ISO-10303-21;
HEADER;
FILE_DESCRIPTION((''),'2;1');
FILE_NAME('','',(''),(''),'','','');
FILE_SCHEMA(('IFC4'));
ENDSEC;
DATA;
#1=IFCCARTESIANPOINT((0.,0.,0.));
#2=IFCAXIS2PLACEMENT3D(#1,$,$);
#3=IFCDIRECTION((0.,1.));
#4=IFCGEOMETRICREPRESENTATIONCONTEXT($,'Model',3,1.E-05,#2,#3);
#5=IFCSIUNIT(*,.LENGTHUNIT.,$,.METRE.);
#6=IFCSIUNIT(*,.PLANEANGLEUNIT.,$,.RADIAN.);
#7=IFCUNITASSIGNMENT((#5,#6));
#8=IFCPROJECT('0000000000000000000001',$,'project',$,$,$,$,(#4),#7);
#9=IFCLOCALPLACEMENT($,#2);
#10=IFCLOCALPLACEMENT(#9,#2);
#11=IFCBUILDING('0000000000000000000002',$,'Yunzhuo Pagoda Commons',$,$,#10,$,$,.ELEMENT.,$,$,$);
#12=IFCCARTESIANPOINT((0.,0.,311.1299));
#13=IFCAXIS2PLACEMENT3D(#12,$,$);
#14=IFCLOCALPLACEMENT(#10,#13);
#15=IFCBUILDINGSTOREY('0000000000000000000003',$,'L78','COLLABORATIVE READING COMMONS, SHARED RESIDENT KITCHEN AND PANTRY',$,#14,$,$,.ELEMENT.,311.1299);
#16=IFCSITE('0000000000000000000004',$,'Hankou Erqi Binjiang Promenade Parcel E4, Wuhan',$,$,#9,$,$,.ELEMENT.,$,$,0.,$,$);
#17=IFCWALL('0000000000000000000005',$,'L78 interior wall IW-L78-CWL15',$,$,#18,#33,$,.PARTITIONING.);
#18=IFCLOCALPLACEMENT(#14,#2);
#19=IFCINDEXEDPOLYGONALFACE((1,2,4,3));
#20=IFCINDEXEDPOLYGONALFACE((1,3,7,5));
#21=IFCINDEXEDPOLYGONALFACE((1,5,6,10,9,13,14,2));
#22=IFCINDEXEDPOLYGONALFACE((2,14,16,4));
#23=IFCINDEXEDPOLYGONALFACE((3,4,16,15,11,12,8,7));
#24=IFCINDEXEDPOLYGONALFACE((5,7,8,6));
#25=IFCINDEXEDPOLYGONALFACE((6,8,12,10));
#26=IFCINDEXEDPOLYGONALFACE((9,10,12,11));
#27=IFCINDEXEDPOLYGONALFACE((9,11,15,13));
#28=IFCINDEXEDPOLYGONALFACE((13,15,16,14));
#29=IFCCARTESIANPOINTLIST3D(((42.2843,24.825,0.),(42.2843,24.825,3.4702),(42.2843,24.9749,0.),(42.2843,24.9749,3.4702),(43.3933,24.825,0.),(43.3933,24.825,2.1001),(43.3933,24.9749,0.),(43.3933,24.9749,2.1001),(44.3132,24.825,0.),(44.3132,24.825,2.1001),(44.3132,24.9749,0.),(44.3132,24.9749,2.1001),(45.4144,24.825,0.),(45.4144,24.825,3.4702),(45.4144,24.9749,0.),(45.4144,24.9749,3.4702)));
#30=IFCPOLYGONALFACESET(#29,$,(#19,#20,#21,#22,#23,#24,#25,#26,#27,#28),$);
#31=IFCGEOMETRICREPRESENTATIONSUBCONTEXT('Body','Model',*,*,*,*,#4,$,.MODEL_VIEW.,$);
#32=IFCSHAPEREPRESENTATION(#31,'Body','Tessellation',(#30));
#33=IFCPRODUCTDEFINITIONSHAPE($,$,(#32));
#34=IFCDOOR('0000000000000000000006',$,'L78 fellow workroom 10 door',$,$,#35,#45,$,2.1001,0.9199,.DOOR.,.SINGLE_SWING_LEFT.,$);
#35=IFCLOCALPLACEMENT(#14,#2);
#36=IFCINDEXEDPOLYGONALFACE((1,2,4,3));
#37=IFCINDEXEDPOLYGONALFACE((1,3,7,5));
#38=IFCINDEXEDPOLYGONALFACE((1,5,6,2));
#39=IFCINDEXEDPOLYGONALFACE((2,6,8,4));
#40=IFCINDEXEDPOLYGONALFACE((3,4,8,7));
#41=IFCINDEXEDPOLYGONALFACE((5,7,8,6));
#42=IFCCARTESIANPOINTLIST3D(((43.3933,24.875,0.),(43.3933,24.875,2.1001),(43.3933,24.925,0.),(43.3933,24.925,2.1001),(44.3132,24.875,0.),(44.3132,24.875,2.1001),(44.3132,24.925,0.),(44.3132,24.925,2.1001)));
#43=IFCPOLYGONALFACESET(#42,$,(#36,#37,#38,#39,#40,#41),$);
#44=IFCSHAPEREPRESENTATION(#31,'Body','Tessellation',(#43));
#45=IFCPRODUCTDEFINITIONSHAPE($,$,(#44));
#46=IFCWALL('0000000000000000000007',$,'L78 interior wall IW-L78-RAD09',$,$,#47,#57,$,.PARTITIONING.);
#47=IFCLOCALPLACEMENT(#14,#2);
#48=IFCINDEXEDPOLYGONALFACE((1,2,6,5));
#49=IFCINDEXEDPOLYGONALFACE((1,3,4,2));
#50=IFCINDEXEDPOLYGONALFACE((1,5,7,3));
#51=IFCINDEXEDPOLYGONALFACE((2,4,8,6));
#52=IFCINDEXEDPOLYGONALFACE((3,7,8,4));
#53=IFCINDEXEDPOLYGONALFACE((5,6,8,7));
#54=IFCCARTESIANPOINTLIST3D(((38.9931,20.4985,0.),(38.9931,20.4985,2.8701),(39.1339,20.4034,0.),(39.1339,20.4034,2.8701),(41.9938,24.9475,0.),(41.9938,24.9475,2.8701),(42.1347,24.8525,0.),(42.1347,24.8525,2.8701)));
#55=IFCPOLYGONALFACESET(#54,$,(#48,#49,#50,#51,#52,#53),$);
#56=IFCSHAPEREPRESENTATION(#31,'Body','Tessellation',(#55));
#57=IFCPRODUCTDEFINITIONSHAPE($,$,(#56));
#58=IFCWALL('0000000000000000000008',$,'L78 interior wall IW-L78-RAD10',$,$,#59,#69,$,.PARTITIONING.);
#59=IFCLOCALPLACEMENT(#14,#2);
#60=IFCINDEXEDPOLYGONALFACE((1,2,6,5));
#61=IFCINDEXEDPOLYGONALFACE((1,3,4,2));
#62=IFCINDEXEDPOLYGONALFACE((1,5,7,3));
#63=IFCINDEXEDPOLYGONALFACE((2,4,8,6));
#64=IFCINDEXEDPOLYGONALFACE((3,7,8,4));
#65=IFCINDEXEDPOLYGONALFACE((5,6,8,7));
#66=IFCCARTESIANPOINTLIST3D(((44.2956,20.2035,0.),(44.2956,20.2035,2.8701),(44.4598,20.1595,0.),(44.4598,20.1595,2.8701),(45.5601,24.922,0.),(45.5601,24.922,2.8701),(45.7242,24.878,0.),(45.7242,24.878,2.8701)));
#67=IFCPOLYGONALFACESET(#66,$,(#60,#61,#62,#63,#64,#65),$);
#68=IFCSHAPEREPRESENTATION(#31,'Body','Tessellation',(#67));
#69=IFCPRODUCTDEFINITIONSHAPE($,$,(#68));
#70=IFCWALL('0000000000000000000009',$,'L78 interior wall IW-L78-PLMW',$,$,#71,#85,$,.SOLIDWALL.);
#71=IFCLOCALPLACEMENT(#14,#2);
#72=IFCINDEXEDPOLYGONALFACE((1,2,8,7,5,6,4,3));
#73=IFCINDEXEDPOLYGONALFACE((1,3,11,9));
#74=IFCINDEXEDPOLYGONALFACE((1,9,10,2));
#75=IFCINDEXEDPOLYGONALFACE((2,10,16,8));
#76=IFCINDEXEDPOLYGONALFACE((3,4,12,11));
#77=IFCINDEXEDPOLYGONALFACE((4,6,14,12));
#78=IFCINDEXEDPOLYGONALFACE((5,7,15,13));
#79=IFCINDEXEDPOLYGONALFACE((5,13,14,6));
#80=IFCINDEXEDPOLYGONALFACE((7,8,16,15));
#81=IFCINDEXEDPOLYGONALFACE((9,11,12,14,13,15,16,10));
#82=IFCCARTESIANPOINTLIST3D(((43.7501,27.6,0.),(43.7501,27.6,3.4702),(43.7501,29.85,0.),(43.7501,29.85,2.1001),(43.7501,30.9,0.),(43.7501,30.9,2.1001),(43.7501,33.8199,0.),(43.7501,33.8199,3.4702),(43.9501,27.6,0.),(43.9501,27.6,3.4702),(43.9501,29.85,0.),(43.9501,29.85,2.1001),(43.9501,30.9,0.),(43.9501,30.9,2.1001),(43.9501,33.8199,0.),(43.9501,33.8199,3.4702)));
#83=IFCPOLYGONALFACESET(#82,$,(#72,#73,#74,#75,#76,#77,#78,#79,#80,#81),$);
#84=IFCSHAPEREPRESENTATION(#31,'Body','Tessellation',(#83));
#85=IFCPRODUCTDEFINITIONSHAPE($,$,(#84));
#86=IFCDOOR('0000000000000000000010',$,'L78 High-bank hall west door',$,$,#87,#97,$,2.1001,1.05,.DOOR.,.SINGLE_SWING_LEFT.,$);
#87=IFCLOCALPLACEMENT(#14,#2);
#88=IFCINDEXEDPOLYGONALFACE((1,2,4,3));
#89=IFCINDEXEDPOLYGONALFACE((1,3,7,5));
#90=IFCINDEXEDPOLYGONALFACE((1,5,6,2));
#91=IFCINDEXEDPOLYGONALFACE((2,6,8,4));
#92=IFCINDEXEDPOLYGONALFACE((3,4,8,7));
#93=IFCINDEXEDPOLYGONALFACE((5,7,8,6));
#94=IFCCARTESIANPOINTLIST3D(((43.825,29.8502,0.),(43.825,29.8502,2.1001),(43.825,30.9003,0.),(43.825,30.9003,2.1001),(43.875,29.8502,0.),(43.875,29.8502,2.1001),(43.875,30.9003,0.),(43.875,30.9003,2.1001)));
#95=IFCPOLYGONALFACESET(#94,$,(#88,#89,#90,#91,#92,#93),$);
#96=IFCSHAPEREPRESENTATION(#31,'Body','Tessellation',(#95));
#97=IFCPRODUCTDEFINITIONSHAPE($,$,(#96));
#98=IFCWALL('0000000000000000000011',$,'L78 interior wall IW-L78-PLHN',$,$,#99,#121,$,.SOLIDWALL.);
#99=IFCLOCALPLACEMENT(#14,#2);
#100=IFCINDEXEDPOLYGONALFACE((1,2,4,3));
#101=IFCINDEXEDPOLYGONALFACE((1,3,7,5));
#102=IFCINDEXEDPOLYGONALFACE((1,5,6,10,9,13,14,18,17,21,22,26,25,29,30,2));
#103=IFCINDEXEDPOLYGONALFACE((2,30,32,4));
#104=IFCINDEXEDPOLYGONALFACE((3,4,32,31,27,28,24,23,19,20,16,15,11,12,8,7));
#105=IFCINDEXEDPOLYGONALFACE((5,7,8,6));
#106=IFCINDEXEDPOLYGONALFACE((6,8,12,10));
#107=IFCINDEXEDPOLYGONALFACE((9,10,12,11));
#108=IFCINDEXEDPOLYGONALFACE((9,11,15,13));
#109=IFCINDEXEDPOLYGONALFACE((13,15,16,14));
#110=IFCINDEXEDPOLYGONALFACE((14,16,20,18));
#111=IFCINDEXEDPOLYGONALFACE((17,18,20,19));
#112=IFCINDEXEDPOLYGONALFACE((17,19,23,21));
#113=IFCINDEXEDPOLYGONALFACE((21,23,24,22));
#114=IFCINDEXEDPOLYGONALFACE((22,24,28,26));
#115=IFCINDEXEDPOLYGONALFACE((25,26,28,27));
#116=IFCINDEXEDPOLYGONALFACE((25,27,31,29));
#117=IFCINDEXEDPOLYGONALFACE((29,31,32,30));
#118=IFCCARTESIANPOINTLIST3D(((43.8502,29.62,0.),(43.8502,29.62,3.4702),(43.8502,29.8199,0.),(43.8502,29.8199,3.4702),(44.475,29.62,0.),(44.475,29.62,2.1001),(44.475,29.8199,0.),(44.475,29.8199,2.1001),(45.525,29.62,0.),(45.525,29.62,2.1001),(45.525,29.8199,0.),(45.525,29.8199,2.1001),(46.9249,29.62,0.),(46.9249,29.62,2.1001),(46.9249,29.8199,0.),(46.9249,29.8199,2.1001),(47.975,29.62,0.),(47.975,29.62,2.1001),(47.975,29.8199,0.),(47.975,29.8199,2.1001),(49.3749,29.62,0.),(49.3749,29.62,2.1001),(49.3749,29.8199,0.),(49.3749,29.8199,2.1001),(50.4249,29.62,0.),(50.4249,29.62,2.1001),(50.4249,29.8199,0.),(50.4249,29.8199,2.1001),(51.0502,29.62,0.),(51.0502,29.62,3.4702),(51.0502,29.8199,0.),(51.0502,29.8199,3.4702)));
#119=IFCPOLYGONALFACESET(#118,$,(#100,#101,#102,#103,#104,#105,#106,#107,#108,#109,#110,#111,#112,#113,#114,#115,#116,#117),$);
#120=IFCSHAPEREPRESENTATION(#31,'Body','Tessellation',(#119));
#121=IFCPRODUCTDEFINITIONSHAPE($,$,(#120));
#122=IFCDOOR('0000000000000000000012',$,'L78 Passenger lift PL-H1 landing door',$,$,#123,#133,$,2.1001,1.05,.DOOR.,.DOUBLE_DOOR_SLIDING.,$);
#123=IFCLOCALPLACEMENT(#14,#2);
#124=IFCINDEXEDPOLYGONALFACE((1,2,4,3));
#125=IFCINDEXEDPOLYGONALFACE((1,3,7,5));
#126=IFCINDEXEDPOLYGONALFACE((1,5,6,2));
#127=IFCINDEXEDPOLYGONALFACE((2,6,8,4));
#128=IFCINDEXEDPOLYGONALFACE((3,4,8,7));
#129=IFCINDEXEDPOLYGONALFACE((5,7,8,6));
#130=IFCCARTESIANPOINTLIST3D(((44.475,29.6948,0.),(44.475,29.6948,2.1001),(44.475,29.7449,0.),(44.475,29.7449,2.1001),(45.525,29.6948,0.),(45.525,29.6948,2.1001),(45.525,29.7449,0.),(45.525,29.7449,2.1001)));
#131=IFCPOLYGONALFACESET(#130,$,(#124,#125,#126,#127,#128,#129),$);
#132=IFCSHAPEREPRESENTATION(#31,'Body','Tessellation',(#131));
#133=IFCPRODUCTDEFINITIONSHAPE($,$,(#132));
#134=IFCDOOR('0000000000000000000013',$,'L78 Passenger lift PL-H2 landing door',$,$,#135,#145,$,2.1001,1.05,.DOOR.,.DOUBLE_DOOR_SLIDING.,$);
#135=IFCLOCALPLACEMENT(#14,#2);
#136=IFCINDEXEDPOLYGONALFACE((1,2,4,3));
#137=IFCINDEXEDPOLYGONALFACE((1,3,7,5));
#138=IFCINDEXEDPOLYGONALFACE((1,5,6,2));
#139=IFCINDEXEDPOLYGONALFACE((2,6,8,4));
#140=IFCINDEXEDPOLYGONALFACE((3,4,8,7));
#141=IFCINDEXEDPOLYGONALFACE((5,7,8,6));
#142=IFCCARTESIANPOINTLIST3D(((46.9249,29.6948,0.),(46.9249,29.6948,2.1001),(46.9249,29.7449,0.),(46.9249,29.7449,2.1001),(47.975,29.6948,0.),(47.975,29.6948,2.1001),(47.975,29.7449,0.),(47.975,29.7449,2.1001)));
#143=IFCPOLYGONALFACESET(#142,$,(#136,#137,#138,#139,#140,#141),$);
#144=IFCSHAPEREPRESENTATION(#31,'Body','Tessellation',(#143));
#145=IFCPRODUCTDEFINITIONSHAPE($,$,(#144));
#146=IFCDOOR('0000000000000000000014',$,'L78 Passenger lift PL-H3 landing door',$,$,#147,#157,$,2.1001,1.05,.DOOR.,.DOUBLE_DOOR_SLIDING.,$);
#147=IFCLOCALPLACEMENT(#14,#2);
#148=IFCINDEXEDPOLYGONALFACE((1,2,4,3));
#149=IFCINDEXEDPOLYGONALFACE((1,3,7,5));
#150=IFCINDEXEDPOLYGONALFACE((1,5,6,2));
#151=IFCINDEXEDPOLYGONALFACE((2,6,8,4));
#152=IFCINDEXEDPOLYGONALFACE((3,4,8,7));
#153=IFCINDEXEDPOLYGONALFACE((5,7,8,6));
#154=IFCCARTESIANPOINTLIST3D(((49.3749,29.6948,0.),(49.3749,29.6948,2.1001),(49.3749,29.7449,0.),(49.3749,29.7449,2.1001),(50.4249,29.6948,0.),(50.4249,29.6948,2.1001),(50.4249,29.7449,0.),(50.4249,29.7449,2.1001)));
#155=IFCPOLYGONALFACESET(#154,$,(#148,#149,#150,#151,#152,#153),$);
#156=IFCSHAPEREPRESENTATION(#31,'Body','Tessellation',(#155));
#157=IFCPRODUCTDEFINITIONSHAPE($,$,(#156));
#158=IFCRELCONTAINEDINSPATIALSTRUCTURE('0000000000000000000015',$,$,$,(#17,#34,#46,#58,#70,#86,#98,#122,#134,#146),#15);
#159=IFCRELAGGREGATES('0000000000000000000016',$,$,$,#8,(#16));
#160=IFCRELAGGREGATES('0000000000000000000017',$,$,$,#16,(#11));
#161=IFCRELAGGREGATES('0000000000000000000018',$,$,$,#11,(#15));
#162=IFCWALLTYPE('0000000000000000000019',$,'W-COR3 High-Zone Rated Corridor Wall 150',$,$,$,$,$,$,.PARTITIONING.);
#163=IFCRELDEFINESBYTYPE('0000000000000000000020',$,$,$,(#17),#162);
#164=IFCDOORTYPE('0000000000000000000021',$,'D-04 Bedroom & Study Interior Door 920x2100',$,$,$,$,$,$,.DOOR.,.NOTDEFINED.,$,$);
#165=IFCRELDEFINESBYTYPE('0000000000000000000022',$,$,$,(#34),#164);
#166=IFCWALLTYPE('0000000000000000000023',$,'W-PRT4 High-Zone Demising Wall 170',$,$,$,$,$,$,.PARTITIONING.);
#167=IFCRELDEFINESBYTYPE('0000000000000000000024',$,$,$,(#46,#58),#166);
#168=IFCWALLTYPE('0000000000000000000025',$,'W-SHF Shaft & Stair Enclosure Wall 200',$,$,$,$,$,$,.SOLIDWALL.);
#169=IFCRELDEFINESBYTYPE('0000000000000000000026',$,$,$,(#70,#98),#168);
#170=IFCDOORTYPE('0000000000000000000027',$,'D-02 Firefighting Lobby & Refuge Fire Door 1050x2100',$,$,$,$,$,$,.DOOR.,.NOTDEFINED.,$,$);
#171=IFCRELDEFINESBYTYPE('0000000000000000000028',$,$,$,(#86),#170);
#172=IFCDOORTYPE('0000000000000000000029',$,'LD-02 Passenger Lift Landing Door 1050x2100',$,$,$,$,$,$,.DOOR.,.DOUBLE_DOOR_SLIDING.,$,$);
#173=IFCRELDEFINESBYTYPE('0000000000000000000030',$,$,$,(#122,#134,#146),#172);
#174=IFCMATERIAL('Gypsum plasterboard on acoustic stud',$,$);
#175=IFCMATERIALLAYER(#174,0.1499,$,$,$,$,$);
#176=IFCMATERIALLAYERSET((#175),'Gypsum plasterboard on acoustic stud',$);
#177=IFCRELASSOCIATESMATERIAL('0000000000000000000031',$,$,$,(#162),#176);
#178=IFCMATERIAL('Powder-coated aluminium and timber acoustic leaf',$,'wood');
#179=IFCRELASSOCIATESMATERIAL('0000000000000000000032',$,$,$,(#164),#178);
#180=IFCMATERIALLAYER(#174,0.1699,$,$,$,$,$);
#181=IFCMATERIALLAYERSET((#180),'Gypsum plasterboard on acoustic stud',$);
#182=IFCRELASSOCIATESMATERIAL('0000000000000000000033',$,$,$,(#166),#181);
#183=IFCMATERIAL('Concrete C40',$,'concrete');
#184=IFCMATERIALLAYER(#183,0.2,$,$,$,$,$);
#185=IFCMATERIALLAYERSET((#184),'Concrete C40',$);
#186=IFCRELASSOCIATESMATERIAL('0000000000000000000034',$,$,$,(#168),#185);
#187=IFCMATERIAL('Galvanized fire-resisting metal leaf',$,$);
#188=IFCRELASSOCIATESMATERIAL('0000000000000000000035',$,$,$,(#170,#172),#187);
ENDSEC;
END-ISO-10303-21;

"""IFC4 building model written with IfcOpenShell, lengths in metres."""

from ifc_helpers import new_model, si_unit, direction, frame, frame_2d, origin, origin_with_axes, place, context, subcontext, project, spatial, rectangle, extrude, source, transform, mapped, material, layer, layer_set, type_object, element, fill, save


model = new_model("IFC4")

# Units and contexts
model_context = context("Model", 3, precision=1e-05, world=origin(), true_north=direction((0.0, 1.0)))
body_context = subcontext(model_context, "Body", "Model", "MODEL_VIEW")
ifc_project = project(units=[si_unit("LENGTHUNIT", "METRE"), si_unit("PLANEANGLEUNIT", "RADIAN")], contexts=[model_context])

# Site, building, storey
site_placement = place(None, origin())
site = spatial("IfcSite", under=ifc_project, at=site_placement, Name="Hankou Erqi Binjiang Promenade Parcel E4, Wuhan", CompositionType="ELEMENT", RefElevation=0.0)
building_placement = place(site_placement, origin())
building = spatial("IfcBuilding", under=site, at=building_placement, Name="Yunzhuo Pagoda Commons", CompositionType="ELEMENT")
storey_placement = place(building_placement, frame((0.0, 0.0, 311.1299)))
storey = spatial("IfcBuildingStorey", under=building, at=storey_placement, Name="L78", Description="COLLABORATIVE READING COMMONS, SHARED RESIDENT KITCHEN AND PANTRY", CompositionType="ELEMENT", Elevation=311.1299)

# Shared definitions
ifc_material_1 = material(Name="Gypsum plasterboard on acoustic stud")
ifc_layer_1 = layer(ifc_material_1, 0.1499)
ifc_layer_set_1 = layer_set([ifc_layer_1], Name="Gypsum plasterboard on acoustic stud")
wall_type_1 = type_object("IfcWallType", Name="W-COR3 High-Zone Rated Corridor Wall 150", PredefinedType="PARTITIONING", material=ifc_layer_set_1)
ifc_material_2 = material(Name="Galvanized fire-resisting metal leaf")

# Wall, opening, door
wall_1_placement = place(storey_placement, frame((45.4143, 24.8999, 0.0), z_axis=(0.0, 0.0, 1.0), x_axis=(-1.0, 0.0, 0.0)))
wall_1 = element("IfcWall", 1, at=wall_1_placement, inside=storey, type_object=wall_type_1, Name="L78 interior wall IW-L78-CWL15", PredefinedType="PARTITIONING", context=body_context, shape_type="SweptSolid", body=[
    extrude(rectangle(XDim=3.1301, YDim=0.1499, at=frame_2d((1.5649, 0.0))), origin(), (0.0, 0.0, 1.0), 3.4702),
])
opening_1_placement = place(wall_1_placement, frame((1.1011, 0.0, 0.0)))
opening_1 = element("IfcOpeningElement", 2, at=opening_1_placement, cuts=wall_1, PredefinedType="OPENING", context=body_context, shape_type="SweptSolid", body=[
    extrude(rectangle(XDim=0.9199, YDim=2.1001, at=frame_2d((0.46, 1.05))), frame((0.0, 0.085, 0.0), z_axis=(0.0, -1.0, 0.0), x_axis=(1.0, 0.0, 0.0)), (0.0, 0.0, 1.0), 0.1699),
])
ifc_material_3 = material(Name="Powder-coated aluminium and timber acoustic leaf", Category="wood")
door_type_1 = type_object("IfcDoorType", Name="D-04 Bedroom & Study Interior Door 920x2100", OperationType="NOTDEFINED", PredefinedType="DOOR", material=ifc_material_3)
shared_shape_1 = source(origin(), body_context, "Body", "SweptSolid", [
    extrude(rectangle(XDim=0.9199, YDim=2.1001, at=frame_2d((0.46, 1.05))), frame((0.0, 0.0249, 0.0), z_axis=(0.0, -1.0, 0.0), x_axis=(1.0, 0.0, 0.0)), (0.0, 0.0, 1.0), 0.05),
])
door_1_placement = place(opening_1_placement, origin_with_axes())
door_1 = element("IfcDoor", 3, at=door_1_placement, inside=storey, type_object=door_type_1, Name="L78 fellow workroom 10 door", OperationType="SINGLE_SWING_LEFT", OverallHeight=2.1001, OverallWidth=0.9199, PredefinedType="DOOR", context=body_context, shape_type="MappedRepresentation", body=[
    mapped(shared_shape_1, transform((0.0, 0.0, 0.0), scale=1.0)),
])
fill(opening_1, door_1)

# Walls
ifc_layer_2 = layer(ifc_material_1, 0.1699)
ifc_layer_set_2 = layer_set([ifc_layer_2], Name="Gypsum plasterboard on acoustic stud")
wall_type_2 = type_object("IfcWallType", Name="W-PRT4 High-Zone Demising Wall 170", PredefinedType="PARTITIONING", material=ifc_layer_set_2)
wall_2_placement = place(storey_placement, frame((42.0642, 24.8999, 0.0), z_axis=(0.0, 0.0, 1.0), x_axis=(-0.559175, -0.82905, 0.0)))
element("IfcWall", 4, at=wall_2_placement, inside=storey, type_object=wall_type_2, Name="L78 interior wall IW-L78-RAD09", PredefinedType="PARTITIONING", context=body_context, shape_type="SweptSolid", body=[
    extrude(rectangle(XDim=5.3665, YDim=0.1699, at=frame_2d((2.6831, 0.0))), origin(), (0.0, 0.0, 1.0), 2.8701),
])
wall_3_placement = place(storey_placement, frame((45.6421, 24.8999, 0.0), z_axis=(0.0, 0.0, 1.0), x_axis=(-0.258835, -0.965922, 0.0)))
element("IfcWall", 5, at=wall_3_placement, inside=storey, type_object=wall_type_2, Name="L78 interior wall IW-L78-RAD10", PredefinedType="PARTITIONING", context=body_context, shape_type="SweptSolid", body=[
    extrude(rectangle(XDim=4.885, YDim=0.1699, at=frame_2d((2.4424, 0.0))), origin(), (0.0, 0.0, 1.0), 2.8701),
])

# Wall, opening, door
ifc_material_4 = material(Name="Concrete C40", Category="concrete")
ifc_layer_3 = layer(ifc_material_4, 0.2)
ifc_layer_set_3 = layer_set([ifc_layer_3], Name="Concrete C40")
wall_type_3 = type_object("IfcWallType", Name="W-SHF Shaft & Stair Enclosure Wall 200", PredefinedType="SOLIDWALL", material=ifc_layer_set_3)
wall_4_placement = place(storey_placement, frame((43.8501, 27.6001, 0.0), z_axis=(0.0, 0.0, 1.0), x_axis=(0.0, 1.0, 0.0)))
wall_4 = element("IfcWall", 6, at=wall_4_placement, inside=storey, type_object=wall_type_3, Name="L78 interior wall IW-L78-PLMW", PredefinedType="SOLIDWALL", context=body_context, shape_type="SweptSolid", body=[
    extrude(rectangle(XDim=6.22, YDim=0.2, at=frame_2d((3.1099, 0.0))), origin(), (0.0, 0.0, 1.0), 3.4702),
])
opening_2_placement = place(wall_4_placement, frame((2.25, 0.0, 0.0)))
opening_2 = element("IfcOpeningElement", 7, at=opening_2_placement, cuts=wall_4, PredefinedType="OPENING", context=body_context, shape_type="SweptSolid", body=[
    extrude(rectangle(XDim=1.05, YDim=2.1001, at=frame_2d((0.5249, 1.05))), frame((0.0, 0.1099, 0.0), z_axis=(0.0, -1.0, 0.0), x_axis=(1.0, 0.0, 0.0)), (0.0, 0.0, 1.0), 0.22),
])
door_type_2 = type_object("IfcDoorType", Name="D-02 Firefighting Lobby & Refuge Fire Door 1050x2100", OperationType="NOTDEFINED", PredefinedType="DOOR", material=ifc_material_2)
shared_shape_2 = source(origin(), body_context, "Body", "SweptSolid", [
    extrude(rectangle(XDim=1.05, YDim=2.1001, at=frame_2d((0.5249, 1.05))), frame((0.0, 0.0249, 0.0), z_axis=(0.0, -1.0, 0.0), x_axis=(1.0, 0.0, 0.0)), (0.0, 0.0, 1.0), 0.05),
])
door_2_placement = place(opening_2_placement, frame((1.05, 0.0, 0.0), z_axis=(0.0, 0.0, 1.0), x_axis=(-1.0, 0.0, 0.0)))
door_2 = element("IfcDoor", 8, at=door_2_placement, inside=storey, type_object=door_type_2, Name="L78 High-bank hall west door", OperationType="SINGLE_SWING_LEFT", OverallHeight=2.1001, OverallWidth=1.05, PredefinedType="DOOR", context=body_context, shape_type="MappedRepresentation", body=[
    mapped(shared_shape_2, transform((0.0, 0.0, 0.0), scale=1.0)),
])
fill(opening_2, door_2)

# Wall, openings, doors
wall_5_placement = place(storey_placement, frame((43.8501, 29.72, 0.0), z_axis=(0.0, 0.0, 1.0), x_axis=(1.0, 0.0, 0.0)))
wall_5 = element("IfcWall", 9, at=wall_5_placement, inside=storey, type_object=wall_type_3, Name="L78 interior wall IW-L78-PLHN", PredefinedType="SOLIDWALL", context=body_context, shape_type="SweptSolid", body=[
    extrude(rectangle(XDim=7.2, YDim=0.2, at=frame_2d((3.6001, 0.0))), origin(), (0.0, 0.0, 1.0), 3.4702),
])
opening_3_placement = place(wall_5_placement, frame((0.625, 0.0, 0.0)))
opening_3 = element("IfcOpeningElement", 10, at=opening_3_placement, cuts=wall_5, PredefinedType="OPENING", context=body_context, shape_type="SweptSolid", body=[
    extrude(rectangle(XDim=1.05, YDim=2.1001, at=frame_2d((0.5249, 1.05))), frame((0.0, 0.1099, 0.0), z_axis=(0.0, -1.0, 0.0), x_axis=(1.0, 0.0, 0.0)), (0.0, 0.0, 1.0), 0.22),
])
opening_4_placement = place(wall_5_placement, frame((3.075, 0.0, 0.0)))
opening_4 = element("IfcOpeningElement", 11, at=opening_4_placement, cuts=wall_5, PredefinedType="OPENING", context=body_context, shape_type="SweptSolid", body=[
    extrude(rectangle(XDim=1.05, YDim=2.1001, at=frame_2d((0.5249, 1.05))), frame((0.0, 0.1099, 0.0), z_axis=(0.0, -1.0, 0.0), x_axis=(1.0, 0.0, 0.0)), (0.0, 0.0, 1.0), 0.22),
])
opening_5_placement = place(wall_5_placement, frame((5.5249, 0.0, 0.0)))
opening_5 = element("IfcOpeningElement", 12, at=opening_5_placement, cuts=wall_5, PredefinedType="OPENING", context=body_context, shape_type="SweptSolid", body=[
    extrude(rectangle(XDim=1.05, YDim=2.1001, at=frame_2d((0.5249, 1.05))), frame((0.0, 0.1099, 0.0), z_axis=(0.0, -1.0, 0.0), x_axis=(1.0, 0.0, 0.0)), (0.0, 0.0, 1.0), 0.22),
])
door_type_3 = type_object("IfcDoorType", Name="LD-02 Passenger Lift Landing Door 1050x2100", OperationType="DOUBLE_DOOR_SLIDING", PredefinedType="DOOR", material=ifc_material_2)
door_3_placement = place(opening_3_placement, origin_with_axes())
door_3 = element("IfcDoor", 13, at=door_3_placement, inside=storey, type_object=door_type_3, Name="L78 Passenger lift PL-H1 landing door", OperationType="DOUBLE_DOOR_SLIDING", OverallHeight=2.1001, OverallWidth=1.05, PredefinedType="DOOR", context=body_context, shape_type="MappedRepresentation", body=[
    mapped(shared_shape_2, transform((0.0, 0.0, 0.0), scale=1.0)),
])
fill(opening_3, door_3)
door_4_placement = place(opening_4_placement, origin_with_axes())
door_4 = element("IfcDoor", 14, at=door_4_placement, inside=storey, type_object=door_type_3, Name="L78 Passenger lift PL-H2 landing door", OperationType="DOUBLE_DOOR_SLIDING", OverallHeight=2.1001, OverallWidth=1.05, PredefinedType="DOOR", context=body_context, shape_type="MappedRepresentation", body=[
    mapped(shared_shape_2, transform((0.0, 0.0, 0.0), scale=1.0)),
])
fill(opening_4, door_4)
door_5_placement = place(opening_5_placement, origin_with_axes())
door_5 = element("IfcDoor", 15, at=door_5_placement, inside=storey, type_object=door_type_3, Name="L78 Passenger lift PL-H3 landing door", OperationType="DOUBLE_DOOR_SLIDING", OverallHeight=2.1001, OverallWidth=1.05, PredefinedType="DOOR", context=body_context, shape_type="MappedRepresentation", body=[
    mapped(shared_shape_2, transform((0.0, 0.0, 0.0), scale=1.0)),
])
fill(opening_5, door_5)

save(model, "model.ifc")
